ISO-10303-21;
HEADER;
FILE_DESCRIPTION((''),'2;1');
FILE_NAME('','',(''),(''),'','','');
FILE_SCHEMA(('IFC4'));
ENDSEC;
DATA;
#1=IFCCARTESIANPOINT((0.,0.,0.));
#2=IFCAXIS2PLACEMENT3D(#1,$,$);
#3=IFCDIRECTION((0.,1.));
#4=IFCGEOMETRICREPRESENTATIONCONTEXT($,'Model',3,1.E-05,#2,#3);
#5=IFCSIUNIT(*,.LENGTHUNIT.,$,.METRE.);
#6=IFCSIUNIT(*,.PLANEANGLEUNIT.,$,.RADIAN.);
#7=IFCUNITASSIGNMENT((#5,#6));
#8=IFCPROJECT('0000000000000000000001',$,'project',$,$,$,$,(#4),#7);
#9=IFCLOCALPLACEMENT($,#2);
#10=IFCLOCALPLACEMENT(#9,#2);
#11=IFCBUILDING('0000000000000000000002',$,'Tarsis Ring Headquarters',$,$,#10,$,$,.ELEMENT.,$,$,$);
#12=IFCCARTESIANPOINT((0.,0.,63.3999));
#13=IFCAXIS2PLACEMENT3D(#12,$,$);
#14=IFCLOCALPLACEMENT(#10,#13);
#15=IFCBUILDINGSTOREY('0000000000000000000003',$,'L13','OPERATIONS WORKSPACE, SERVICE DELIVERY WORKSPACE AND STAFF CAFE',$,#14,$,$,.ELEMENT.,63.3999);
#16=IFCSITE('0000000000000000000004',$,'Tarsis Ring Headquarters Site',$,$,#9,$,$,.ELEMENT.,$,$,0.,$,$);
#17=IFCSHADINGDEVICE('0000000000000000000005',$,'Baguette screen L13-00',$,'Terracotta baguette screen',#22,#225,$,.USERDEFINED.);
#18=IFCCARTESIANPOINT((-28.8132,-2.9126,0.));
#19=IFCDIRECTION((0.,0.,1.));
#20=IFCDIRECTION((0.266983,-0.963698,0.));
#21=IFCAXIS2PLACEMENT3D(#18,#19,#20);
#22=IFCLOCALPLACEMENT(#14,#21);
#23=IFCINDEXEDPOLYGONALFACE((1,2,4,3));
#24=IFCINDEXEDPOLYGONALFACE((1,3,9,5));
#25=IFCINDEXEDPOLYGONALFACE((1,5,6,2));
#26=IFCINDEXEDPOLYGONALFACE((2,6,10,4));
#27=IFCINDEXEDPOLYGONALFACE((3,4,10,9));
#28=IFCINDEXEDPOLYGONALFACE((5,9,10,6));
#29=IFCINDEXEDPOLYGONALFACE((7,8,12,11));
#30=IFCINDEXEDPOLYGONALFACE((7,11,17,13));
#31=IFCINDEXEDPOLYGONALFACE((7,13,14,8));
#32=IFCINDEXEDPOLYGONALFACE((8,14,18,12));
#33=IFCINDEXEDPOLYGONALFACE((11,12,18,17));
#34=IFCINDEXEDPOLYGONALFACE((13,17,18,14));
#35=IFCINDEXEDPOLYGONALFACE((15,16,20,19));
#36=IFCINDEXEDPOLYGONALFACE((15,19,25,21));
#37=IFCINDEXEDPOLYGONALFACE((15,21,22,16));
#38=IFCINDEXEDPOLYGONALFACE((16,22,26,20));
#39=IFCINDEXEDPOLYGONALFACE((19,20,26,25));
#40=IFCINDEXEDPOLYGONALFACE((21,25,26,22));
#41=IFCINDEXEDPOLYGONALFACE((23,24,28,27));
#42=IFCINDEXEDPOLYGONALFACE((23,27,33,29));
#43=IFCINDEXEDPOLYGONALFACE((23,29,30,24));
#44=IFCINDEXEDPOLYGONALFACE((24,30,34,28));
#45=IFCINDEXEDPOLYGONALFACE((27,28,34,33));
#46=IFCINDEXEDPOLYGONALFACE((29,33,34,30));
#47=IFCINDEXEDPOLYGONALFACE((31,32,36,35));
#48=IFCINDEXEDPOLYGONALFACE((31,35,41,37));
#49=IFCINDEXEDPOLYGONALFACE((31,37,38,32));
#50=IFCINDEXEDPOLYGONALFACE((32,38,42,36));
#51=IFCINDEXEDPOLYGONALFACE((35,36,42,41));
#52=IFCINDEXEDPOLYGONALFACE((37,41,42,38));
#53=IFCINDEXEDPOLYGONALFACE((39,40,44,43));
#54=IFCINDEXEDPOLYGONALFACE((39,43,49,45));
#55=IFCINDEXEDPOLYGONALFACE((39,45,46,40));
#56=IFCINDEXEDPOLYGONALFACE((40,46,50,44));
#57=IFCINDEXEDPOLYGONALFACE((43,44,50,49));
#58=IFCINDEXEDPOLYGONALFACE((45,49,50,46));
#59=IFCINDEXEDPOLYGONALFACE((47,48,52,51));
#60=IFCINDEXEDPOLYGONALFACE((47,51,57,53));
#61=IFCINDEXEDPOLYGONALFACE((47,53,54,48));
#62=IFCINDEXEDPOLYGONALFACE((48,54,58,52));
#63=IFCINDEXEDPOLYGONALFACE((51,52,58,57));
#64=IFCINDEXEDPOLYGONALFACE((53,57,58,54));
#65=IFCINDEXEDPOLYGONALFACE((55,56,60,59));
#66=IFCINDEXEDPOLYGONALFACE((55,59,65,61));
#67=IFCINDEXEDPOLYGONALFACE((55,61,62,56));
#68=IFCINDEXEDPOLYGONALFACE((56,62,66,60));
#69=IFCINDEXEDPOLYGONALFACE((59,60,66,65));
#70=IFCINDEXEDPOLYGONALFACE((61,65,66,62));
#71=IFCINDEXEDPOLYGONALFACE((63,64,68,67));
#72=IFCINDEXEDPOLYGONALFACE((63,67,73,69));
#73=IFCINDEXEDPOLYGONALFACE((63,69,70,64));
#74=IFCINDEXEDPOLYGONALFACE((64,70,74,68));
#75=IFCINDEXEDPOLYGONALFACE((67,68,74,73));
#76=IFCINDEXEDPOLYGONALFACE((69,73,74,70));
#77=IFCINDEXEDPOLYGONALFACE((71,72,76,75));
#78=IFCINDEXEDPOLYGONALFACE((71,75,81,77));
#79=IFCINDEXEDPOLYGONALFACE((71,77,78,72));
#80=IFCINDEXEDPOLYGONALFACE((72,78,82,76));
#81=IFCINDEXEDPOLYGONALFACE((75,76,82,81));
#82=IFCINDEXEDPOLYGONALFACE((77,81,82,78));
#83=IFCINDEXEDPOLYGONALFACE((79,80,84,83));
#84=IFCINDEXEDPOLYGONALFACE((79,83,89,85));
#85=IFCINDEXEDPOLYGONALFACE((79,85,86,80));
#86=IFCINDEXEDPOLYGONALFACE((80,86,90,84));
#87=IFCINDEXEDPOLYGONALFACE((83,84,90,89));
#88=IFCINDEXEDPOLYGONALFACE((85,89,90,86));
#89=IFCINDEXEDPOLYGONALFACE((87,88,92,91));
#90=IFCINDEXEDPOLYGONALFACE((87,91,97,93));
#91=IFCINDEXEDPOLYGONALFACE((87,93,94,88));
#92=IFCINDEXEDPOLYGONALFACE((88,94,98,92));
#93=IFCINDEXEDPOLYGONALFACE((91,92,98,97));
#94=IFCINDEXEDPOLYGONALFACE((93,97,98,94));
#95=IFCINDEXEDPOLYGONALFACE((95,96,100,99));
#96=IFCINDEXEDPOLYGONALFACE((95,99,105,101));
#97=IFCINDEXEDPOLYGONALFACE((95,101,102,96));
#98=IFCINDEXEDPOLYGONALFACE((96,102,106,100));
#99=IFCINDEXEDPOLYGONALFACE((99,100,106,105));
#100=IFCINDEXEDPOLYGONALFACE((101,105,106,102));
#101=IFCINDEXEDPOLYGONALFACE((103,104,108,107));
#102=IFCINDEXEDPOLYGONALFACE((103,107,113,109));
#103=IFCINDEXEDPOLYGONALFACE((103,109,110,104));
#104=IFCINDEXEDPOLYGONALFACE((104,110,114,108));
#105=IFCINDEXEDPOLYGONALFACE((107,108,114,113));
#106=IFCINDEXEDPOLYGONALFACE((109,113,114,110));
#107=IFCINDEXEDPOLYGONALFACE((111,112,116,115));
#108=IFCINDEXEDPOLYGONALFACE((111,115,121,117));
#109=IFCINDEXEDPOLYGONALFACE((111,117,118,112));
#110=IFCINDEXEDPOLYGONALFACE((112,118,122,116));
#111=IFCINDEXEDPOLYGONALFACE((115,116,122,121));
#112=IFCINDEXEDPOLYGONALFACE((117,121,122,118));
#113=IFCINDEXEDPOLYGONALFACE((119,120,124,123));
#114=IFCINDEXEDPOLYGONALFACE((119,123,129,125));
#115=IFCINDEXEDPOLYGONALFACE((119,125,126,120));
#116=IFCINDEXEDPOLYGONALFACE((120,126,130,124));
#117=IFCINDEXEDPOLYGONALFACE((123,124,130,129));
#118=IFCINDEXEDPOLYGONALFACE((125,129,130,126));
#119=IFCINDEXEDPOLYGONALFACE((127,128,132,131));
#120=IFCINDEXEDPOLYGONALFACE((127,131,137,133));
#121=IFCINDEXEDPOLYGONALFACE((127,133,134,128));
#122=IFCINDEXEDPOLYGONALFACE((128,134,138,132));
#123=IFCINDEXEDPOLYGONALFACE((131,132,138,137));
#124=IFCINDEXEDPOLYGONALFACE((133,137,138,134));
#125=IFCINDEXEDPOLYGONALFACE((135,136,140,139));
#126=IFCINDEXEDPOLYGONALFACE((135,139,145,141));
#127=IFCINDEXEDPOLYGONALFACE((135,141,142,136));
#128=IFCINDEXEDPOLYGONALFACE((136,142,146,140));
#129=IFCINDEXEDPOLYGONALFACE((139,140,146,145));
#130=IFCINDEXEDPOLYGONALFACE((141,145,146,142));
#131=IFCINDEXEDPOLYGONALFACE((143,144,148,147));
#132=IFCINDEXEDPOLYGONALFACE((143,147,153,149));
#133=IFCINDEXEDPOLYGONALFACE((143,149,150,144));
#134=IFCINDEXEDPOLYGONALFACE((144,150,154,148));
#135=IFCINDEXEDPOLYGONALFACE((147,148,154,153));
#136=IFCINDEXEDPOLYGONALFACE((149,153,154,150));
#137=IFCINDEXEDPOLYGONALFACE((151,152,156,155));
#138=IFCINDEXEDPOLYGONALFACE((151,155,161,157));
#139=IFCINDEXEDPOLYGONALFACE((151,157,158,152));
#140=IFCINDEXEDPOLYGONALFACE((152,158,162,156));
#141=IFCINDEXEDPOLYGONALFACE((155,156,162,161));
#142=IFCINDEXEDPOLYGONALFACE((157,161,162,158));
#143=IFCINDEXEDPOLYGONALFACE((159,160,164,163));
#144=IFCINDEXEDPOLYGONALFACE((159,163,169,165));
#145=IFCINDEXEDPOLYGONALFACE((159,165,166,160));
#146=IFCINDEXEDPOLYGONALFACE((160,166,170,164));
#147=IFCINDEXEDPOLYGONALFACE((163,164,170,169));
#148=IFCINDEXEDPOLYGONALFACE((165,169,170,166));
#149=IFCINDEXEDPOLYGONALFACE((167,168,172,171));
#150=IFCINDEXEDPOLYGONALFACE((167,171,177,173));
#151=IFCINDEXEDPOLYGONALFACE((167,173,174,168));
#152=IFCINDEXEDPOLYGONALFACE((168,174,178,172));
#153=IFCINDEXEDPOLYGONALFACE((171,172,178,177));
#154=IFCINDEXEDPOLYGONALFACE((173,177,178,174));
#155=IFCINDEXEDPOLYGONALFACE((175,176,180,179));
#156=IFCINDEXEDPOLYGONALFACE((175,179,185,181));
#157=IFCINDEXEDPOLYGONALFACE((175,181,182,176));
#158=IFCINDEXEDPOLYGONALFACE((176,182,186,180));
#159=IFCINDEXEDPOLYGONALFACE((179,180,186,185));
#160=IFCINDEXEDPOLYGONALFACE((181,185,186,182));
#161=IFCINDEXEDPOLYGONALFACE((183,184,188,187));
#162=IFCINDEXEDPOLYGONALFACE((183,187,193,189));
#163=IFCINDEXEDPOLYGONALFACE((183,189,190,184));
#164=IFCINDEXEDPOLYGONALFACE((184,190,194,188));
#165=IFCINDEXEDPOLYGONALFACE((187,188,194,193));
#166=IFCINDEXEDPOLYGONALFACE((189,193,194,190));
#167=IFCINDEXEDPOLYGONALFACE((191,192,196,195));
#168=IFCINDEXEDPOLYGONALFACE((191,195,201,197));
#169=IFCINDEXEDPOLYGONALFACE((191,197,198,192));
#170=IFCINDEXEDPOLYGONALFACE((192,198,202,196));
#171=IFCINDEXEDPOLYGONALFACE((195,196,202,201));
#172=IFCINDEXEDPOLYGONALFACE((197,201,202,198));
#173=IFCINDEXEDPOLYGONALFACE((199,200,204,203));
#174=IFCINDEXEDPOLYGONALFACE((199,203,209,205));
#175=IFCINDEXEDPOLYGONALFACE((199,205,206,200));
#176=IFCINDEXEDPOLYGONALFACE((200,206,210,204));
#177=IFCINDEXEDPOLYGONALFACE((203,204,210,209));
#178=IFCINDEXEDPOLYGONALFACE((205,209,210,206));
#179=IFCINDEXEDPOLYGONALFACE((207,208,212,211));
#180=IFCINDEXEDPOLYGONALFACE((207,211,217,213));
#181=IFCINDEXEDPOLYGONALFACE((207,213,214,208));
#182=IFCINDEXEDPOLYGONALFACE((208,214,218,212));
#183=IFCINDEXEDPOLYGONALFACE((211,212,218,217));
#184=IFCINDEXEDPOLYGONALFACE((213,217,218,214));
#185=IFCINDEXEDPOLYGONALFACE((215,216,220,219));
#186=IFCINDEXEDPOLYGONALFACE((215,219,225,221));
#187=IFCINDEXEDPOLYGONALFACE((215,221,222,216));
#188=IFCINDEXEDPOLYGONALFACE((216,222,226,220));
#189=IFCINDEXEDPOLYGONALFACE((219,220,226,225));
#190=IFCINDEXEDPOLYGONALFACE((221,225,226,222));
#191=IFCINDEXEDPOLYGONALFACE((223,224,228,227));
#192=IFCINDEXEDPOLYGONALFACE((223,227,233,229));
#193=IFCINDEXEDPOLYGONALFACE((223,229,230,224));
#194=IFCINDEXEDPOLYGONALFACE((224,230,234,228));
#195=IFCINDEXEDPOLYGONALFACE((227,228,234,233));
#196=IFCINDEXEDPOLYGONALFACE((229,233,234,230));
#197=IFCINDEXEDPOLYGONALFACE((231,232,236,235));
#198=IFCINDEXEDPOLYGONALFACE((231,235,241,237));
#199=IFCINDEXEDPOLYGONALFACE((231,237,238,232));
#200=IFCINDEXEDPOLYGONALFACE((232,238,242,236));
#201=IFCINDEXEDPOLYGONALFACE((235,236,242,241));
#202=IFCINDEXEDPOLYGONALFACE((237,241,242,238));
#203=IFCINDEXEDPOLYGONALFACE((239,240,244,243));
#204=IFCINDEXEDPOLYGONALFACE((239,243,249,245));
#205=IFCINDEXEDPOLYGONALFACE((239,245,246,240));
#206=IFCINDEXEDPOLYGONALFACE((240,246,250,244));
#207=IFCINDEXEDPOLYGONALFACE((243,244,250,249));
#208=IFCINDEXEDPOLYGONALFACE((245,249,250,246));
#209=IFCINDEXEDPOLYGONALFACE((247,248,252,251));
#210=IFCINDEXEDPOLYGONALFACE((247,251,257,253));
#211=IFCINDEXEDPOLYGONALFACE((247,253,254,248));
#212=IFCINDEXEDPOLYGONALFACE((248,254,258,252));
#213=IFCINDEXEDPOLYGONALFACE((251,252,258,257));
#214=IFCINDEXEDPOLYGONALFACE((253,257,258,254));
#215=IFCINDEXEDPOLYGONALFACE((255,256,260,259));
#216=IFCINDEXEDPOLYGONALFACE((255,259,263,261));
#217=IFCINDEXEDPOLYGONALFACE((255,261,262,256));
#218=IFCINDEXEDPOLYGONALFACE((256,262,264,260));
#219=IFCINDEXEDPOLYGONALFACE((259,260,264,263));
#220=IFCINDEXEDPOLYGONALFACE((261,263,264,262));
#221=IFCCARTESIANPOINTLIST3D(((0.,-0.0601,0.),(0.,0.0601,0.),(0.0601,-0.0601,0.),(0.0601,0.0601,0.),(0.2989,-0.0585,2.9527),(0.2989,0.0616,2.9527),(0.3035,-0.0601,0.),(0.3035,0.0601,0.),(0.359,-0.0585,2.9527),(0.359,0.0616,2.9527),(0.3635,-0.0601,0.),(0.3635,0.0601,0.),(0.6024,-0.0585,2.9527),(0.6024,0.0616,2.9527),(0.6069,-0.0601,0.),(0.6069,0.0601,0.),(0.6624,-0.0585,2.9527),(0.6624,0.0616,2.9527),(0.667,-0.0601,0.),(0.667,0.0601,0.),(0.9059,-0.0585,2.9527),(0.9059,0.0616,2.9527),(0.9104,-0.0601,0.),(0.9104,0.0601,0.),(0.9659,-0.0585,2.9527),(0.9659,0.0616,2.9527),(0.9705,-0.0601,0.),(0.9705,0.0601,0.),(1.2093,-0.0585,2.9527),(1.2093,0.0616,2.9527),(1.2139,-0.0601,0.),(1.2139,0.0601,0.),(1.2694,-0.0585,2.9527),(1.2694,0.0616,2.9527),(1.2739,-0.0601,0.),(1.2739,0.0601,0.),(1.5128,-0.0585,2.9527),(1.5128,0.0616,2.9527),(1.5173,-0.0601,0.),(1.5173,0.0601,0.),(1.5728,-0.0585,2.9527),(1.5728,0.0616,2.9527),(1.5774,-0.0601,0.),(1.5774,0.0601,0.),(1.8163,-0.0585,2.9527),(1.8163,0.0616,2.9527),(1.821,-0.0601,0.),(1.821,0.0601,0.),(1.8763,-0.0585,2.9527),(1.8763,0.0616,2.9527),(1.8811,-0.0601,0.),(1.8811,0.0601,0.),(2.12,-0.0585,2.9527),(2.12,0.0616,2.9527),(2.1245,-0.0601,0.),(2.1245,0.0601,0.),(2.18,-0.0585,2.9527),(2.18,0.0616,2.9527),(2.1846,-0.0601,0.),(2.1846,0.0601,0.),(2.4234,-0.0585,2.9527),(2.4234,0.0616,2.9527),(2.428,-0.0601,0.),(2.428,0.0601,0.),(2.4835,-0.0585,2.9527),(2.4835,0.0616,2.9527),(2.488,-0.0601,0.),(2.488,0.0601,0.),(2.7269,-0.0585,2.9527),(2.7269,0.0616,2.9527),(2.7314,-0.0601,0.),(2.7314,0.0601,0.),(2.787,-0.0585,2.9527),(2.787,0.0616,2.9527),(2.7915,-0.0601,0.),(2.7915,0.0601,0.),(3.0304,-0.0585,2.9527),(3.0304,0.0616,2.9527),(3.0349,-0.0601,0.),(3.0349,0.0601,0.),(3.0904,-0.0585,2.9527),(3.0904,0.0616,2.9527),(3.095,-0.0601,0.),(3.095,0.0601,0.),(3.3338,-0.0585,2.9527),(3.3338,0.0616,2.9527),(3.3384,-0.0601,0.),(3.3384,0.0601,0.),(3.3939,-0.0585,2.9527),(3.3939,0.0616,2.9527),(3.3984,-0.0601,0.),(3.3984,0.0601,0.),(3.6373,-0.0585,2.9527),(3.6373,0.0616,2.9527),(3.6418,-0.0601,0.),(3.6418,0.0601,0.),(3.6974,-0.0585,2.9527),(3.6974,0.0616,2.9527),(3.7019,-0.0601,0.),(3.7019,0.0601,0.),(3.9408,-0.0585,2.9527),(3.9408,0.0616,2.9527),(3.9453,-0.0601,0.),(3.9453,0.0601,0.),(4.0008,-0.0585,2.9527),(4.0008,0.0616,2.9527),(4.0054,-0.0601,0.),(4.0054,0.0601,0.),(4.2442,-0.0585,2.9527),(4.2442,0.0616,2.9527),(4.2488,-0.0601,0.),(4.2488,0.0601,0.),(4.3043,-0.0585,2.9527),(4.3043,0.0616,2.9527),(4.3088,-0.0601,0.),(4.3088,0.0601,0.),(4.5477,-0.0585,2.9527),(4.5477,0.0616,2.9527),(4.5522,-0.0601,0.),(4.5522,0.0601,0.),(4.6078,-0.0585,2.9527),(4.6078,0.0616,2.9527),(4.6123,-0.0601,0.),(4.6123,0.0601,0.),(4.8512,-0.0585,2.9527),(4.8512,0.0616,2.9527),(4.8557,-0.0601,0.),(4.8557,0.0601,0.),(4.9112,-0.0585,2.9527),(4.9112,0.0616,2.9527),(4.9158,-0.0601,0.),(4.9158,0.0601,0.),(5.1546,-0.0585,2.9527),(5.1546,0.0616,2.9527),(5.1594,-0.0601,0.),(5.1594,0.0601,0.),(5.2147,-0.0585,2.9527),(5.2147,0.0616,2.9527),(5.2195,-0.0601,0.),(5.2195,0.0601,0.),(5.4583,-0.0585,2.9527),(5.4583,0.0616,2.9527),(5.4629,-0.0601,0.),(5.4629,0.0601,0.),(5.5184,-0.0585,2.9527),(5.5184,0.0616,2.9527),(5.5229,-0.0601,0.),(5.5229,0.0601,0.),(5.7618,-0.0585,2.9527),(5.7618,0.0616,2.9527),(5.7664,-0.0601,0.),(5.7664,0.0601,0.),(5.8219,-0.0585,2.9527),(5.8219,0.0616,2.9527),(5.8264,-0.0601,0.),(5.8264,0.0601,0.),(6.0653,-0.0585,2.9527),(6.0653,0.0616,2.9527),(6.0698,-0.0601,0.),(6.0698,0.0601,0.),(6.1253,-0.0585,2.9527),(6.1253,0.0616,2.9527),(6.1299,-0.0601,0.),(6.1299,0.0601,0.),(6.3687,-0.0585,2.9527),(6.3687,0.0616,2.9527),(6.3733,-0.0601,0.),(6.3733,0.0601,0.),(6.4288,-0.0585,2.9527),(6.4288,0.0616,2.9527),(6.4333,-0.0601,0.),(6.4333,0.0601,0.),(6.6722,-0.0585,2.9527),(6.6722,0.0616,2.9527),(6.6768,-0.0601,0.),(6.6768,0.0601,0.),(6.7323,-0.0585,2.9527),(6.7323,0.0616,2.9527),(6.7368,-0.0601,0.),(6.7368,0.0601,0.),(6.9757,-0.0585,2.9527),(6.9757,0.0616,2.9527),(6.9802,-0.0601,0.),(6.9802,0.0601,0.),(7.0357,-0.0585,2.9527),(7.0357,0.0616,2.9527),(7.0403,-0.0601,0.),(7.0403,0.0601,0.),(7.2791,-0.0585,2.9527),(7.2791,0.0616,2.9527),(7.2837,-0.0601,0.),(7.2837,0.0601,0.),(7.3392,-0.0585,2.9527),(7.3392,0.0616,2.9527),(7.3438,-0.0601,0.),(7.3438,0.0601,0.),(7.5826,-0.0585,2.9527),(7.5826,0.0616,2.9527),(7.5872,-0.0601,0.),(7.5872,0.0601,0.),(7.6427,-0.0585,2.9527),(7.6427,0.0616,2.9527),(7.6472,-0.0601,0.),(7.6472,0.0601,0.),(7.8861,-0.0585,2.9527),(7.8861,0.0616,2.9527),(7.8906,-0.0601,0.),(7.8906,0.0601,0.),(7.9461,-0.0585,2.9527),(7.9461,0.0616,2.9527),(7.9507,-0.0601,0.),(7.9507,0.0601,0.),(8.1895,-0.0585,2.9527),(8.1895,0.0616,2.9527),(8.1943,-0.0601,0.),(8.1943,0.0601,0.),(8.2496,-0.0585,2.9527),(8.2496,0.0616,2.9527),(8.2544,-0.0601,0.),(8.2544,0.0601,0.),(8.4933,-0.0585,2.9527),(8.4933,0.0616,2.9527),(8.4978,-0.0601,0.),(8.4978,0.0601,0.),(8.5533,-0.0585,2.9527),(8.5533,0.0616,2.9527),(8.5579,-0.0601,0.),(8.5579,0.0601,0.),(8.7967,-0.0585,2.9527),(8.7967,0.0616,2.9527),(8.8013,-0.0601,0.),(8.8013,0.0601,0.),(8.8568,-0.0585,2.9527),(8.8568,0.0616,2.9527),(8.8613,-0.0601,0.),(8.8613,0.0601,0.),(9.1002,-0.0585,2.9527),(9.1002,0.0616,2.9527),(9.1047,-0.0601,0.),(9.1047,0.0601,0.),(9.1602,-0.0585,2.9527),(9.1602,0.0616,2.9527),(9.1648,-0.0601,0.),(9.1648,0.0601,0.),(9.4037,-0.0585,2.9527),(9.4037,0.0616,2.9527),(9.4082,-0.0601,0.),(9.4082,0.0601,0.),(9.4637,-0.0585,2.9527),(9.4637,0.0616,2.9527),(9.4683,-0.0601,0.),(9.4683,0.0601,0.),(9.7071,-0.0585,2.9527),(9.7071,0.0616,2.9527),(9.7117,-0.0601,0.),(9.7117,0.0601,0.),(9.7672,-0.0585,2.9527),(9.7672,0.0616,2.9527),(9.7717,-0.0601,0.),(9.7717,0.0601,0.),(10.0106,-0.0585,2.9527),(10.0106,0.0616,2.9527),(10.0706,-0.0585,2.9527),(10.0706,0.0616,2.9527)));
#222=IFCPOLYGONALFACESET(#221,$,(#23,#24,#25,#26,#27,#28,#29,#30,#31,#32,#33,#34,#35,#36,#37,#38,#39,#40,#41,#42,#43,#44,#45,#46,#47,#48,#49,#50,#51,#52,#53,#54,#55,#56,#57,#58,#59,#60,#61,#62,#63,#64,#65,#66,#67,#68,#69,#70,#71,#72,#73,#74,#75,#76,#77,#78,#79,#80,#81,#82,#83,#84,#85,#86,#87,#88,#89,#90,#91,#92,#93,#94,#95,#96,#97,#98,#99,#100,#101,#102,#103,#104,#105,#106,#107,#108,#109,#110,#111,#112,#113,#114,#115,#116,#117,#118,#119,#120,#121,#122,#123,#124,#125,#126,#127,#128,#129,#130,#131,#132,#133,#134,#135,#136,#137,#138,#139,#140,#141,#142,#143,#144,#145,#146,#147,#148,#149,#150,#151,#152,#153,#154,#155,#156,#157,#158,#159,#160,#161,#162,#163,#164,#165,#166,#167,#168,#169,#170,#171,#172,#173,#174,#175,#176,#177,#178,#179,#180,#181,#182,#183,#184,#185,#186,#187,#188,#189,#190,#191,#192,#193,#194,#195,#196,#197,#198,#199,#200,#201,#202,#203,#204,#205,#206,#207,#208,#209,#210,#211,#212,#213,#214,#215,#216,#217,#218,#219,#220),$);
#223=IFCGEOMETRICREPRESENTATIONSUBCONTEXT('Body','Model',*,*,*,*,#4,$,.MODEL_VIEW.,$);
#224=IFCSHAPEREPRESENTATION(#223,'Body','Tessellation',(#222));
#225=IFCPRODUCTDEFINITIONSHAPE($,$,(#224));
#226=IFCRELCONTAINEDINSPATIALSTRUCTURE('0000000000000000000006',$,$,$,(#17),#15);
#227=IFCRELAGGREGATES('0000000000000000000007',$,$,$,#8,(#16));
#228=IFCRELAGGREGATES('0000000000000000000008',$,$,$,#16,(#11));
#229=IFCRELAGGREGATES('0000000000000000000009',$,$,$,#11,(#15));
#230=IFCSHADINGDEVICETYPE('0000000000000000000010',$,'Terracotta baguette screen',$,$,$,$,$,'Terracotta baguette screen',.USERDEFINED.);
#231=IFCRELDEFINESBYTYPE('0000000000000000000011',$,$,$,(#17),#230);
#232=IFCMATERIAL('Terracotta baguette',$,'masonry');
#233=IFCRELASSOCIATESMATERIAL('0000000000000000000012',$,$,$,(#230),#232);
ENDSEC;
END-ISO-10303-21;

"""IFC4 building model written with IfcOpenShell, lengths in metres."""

from ifc_helpers import new_model, si_unit, direction, frame, frame_2d, origin, place, context, subcontext, project, spatial, rectangle, composite_profile, extrude, material, type_object, element, save


model = new_model("IFC4")

# Units and contexts
model_context = context("Model", 3, precision=1e-05, world=origin(), true_north=direction((0.0, 1.0)))
body_context = subcontext(model_context, "Body", "Model", "MODEL_VIEW")
ifc_project = project(units=[si_unit("LENGTHUNIT", "METRE"), si_unit("PLANEANGLEUNIT", "RADIAN")], contexts=[model_context])

# Site, building, storey
site_placement = place(None, origin())
site = spatial("IfcSite", under=ifc_project, at=site_placement, Name="Tarsis Ring Headquarters Site", CompositionType="ELEMENT", RefElevation=0.0)
building_placement = place(site_placement, origin())
building = spatial("IfcBuilding", under=site, at=building_placement, Name="Tarsis Ring Headquarters", CompositionType="ELEMENT")
storey_placement = place(building_placement, frame((0.0, 0.0, 63.3999)))
storey = spatial("IfcBuildingStorey", under=building, at=storey_placement, Name="L13", Description="OPERATIONS WORKSPACE, SERVICE DELIVERY WORKSPACE AND STAFF CAFE", CompositionType="ELEMENT", Elevation=63.3999)

# Shading device
ifc_material_1 = material(Name="Terracotta baguette", Category="masonry")
shading_device_type = type_object("IfcShadingDeviceType", Name="Terracotta baguette screen", ElementType="Terracotta baguette screen", PredefinedType="USERDEFINED", material=ifc_material_1)
shading_device_1_placement = place(storey_placement, frame((-28.8132, -2.9126, 0.0), z_axis=(0.0, 0.0, 1.0), x_axis=(0.266983, -0.963698, 0.0)))
element("IfcShadingDevice", 1, at=shading_device_1_placement, inside=storey, type_object=shading_device_type, Name="Baguette screen L13-00", ObjectType="Terracotta baguette screen", PredefinedType="USERDEFINED", context=body_context, shape_type="SweptSolid", body=[
    extrude(composite_profile([rectangle(XDim=0.0601, YDim=0.1201, at=frame_2d((0.03, 0.0))), rectangle(XDim=0.0601, YDim=0.1201, at=frame_2d((0.3335, 0.0))), rectangle(XDim=0.0601, YDim=0.1201, at=frame_2d((0.637, 0.0))), rectangle(XDim=0.0601, YDim=0.1201, at=frame_2d((0.9404, 0.0))), rectangle(XDim=0.0601, YDim=0.1201, at=frame_2d((1.2439, 0.0))), rectangle(XDim=0.0601, YDim=0.1201, at=frame_2d((1.5474, 0.0))), rectangle(XDim=0.0601, YDim=0.1201, at=frame_2d((1.8511, 0.0))), rectangle(XDim=0.0601, YDim=0.1201, at=frame_2d((2.1545, 0.0))), rectangle(XDim=0.0601, YDim=0.1201, at=frame_2d((2.458, 0.0))), rectangle(XDim=0.0601, YDim=0.1201, at=frame_2d((2.7615, 0.0))), rectangle(XDim=0.0601, YDim=0.1201, at=frame_2d((3.0649, 0.0))), rectangle(XDim=0.0601, YDim=0.1201, at=frame_2d((3.3684, 0.0))), rectangle(XDim=0.0601, YDim=0.1201, at=frame_2d((3.6719, 0.0))), rectangle(XDim=0.0601, YDim=0.1201, at=frame_2d((3.9753, 0.0))), rectangle(XDim=0.0601, YDim=0.1201, at=frame_2d((4.2788, 0.0))), rectangle(XDim=0.0601, YDim=0.1201, at=frame_2d((4.5823, 0.0))), rectangle(XDim=0.0601, YDim=0.1201, at=frame_2d((4.8857, 0.0))), rectangle(XDim=0.0601, YDim=0.1201, at=frame_2d((5.1895, 0.0))), rectangle(XDim=0.0601, YDim=0.1201, at=frame_2d((5.4929, 0.0))), rectangle(XDim=0.0601, YDim=0.1201, at=frame_2d((5.7964, 0.0))), rectangle(XDim=0.0601, YDim=0.1201, at=frame_2d((6.0999, 0.0))), rectangle(XDim=0.0601, YDim=0.1201, at=frame_2d((6.4033, 0.0))), rectangle(XDim=0.0601, YDim=0.1201, at=frame_2d((6.7068, 0.0))), rectangle(XDim=0.0601, YDim=0.1201, at=frame_2d((7.0103, 0.0))), rectangle(XDim=0.0601, YDim=0.1201, at=frame_2d((7.3137, 0.0))), rectangle(XDim=0.0601, YDim=0.1201, at=frame_2d((7.6172, 0.0))), rectangle(XDim=0.0601, YDim=0.1201, at=frame_2d((7.9207, 0.0))), rectangle(XDim=0.0601, YDim=0.1201, at=frame_2d((8.2244, 0.0))), rectangle(XDim=0.0601, YDim=0.1201, at=frame_2d((8.5278, 0.0))), rectangle(XDim=0.0601, YDim=0.1201, at=frame_2d((8.8313, 0.0))), rectangle(XDim=0.0601, YDim=0.1201, at=frame_2d((9.1348, 0.0))), rectangle(XDim=0.0601, YDim=0.1201, at=frame_2d((9.4382, 0.0))), rectangle(XDim=0.0601, YDim=0.1201, at=frame_2d((9.7417, 0.0)))]), origin(), (0.100722, 0.000528, 0.994915), 2.9678),
])

save(model, "model.ifc")
